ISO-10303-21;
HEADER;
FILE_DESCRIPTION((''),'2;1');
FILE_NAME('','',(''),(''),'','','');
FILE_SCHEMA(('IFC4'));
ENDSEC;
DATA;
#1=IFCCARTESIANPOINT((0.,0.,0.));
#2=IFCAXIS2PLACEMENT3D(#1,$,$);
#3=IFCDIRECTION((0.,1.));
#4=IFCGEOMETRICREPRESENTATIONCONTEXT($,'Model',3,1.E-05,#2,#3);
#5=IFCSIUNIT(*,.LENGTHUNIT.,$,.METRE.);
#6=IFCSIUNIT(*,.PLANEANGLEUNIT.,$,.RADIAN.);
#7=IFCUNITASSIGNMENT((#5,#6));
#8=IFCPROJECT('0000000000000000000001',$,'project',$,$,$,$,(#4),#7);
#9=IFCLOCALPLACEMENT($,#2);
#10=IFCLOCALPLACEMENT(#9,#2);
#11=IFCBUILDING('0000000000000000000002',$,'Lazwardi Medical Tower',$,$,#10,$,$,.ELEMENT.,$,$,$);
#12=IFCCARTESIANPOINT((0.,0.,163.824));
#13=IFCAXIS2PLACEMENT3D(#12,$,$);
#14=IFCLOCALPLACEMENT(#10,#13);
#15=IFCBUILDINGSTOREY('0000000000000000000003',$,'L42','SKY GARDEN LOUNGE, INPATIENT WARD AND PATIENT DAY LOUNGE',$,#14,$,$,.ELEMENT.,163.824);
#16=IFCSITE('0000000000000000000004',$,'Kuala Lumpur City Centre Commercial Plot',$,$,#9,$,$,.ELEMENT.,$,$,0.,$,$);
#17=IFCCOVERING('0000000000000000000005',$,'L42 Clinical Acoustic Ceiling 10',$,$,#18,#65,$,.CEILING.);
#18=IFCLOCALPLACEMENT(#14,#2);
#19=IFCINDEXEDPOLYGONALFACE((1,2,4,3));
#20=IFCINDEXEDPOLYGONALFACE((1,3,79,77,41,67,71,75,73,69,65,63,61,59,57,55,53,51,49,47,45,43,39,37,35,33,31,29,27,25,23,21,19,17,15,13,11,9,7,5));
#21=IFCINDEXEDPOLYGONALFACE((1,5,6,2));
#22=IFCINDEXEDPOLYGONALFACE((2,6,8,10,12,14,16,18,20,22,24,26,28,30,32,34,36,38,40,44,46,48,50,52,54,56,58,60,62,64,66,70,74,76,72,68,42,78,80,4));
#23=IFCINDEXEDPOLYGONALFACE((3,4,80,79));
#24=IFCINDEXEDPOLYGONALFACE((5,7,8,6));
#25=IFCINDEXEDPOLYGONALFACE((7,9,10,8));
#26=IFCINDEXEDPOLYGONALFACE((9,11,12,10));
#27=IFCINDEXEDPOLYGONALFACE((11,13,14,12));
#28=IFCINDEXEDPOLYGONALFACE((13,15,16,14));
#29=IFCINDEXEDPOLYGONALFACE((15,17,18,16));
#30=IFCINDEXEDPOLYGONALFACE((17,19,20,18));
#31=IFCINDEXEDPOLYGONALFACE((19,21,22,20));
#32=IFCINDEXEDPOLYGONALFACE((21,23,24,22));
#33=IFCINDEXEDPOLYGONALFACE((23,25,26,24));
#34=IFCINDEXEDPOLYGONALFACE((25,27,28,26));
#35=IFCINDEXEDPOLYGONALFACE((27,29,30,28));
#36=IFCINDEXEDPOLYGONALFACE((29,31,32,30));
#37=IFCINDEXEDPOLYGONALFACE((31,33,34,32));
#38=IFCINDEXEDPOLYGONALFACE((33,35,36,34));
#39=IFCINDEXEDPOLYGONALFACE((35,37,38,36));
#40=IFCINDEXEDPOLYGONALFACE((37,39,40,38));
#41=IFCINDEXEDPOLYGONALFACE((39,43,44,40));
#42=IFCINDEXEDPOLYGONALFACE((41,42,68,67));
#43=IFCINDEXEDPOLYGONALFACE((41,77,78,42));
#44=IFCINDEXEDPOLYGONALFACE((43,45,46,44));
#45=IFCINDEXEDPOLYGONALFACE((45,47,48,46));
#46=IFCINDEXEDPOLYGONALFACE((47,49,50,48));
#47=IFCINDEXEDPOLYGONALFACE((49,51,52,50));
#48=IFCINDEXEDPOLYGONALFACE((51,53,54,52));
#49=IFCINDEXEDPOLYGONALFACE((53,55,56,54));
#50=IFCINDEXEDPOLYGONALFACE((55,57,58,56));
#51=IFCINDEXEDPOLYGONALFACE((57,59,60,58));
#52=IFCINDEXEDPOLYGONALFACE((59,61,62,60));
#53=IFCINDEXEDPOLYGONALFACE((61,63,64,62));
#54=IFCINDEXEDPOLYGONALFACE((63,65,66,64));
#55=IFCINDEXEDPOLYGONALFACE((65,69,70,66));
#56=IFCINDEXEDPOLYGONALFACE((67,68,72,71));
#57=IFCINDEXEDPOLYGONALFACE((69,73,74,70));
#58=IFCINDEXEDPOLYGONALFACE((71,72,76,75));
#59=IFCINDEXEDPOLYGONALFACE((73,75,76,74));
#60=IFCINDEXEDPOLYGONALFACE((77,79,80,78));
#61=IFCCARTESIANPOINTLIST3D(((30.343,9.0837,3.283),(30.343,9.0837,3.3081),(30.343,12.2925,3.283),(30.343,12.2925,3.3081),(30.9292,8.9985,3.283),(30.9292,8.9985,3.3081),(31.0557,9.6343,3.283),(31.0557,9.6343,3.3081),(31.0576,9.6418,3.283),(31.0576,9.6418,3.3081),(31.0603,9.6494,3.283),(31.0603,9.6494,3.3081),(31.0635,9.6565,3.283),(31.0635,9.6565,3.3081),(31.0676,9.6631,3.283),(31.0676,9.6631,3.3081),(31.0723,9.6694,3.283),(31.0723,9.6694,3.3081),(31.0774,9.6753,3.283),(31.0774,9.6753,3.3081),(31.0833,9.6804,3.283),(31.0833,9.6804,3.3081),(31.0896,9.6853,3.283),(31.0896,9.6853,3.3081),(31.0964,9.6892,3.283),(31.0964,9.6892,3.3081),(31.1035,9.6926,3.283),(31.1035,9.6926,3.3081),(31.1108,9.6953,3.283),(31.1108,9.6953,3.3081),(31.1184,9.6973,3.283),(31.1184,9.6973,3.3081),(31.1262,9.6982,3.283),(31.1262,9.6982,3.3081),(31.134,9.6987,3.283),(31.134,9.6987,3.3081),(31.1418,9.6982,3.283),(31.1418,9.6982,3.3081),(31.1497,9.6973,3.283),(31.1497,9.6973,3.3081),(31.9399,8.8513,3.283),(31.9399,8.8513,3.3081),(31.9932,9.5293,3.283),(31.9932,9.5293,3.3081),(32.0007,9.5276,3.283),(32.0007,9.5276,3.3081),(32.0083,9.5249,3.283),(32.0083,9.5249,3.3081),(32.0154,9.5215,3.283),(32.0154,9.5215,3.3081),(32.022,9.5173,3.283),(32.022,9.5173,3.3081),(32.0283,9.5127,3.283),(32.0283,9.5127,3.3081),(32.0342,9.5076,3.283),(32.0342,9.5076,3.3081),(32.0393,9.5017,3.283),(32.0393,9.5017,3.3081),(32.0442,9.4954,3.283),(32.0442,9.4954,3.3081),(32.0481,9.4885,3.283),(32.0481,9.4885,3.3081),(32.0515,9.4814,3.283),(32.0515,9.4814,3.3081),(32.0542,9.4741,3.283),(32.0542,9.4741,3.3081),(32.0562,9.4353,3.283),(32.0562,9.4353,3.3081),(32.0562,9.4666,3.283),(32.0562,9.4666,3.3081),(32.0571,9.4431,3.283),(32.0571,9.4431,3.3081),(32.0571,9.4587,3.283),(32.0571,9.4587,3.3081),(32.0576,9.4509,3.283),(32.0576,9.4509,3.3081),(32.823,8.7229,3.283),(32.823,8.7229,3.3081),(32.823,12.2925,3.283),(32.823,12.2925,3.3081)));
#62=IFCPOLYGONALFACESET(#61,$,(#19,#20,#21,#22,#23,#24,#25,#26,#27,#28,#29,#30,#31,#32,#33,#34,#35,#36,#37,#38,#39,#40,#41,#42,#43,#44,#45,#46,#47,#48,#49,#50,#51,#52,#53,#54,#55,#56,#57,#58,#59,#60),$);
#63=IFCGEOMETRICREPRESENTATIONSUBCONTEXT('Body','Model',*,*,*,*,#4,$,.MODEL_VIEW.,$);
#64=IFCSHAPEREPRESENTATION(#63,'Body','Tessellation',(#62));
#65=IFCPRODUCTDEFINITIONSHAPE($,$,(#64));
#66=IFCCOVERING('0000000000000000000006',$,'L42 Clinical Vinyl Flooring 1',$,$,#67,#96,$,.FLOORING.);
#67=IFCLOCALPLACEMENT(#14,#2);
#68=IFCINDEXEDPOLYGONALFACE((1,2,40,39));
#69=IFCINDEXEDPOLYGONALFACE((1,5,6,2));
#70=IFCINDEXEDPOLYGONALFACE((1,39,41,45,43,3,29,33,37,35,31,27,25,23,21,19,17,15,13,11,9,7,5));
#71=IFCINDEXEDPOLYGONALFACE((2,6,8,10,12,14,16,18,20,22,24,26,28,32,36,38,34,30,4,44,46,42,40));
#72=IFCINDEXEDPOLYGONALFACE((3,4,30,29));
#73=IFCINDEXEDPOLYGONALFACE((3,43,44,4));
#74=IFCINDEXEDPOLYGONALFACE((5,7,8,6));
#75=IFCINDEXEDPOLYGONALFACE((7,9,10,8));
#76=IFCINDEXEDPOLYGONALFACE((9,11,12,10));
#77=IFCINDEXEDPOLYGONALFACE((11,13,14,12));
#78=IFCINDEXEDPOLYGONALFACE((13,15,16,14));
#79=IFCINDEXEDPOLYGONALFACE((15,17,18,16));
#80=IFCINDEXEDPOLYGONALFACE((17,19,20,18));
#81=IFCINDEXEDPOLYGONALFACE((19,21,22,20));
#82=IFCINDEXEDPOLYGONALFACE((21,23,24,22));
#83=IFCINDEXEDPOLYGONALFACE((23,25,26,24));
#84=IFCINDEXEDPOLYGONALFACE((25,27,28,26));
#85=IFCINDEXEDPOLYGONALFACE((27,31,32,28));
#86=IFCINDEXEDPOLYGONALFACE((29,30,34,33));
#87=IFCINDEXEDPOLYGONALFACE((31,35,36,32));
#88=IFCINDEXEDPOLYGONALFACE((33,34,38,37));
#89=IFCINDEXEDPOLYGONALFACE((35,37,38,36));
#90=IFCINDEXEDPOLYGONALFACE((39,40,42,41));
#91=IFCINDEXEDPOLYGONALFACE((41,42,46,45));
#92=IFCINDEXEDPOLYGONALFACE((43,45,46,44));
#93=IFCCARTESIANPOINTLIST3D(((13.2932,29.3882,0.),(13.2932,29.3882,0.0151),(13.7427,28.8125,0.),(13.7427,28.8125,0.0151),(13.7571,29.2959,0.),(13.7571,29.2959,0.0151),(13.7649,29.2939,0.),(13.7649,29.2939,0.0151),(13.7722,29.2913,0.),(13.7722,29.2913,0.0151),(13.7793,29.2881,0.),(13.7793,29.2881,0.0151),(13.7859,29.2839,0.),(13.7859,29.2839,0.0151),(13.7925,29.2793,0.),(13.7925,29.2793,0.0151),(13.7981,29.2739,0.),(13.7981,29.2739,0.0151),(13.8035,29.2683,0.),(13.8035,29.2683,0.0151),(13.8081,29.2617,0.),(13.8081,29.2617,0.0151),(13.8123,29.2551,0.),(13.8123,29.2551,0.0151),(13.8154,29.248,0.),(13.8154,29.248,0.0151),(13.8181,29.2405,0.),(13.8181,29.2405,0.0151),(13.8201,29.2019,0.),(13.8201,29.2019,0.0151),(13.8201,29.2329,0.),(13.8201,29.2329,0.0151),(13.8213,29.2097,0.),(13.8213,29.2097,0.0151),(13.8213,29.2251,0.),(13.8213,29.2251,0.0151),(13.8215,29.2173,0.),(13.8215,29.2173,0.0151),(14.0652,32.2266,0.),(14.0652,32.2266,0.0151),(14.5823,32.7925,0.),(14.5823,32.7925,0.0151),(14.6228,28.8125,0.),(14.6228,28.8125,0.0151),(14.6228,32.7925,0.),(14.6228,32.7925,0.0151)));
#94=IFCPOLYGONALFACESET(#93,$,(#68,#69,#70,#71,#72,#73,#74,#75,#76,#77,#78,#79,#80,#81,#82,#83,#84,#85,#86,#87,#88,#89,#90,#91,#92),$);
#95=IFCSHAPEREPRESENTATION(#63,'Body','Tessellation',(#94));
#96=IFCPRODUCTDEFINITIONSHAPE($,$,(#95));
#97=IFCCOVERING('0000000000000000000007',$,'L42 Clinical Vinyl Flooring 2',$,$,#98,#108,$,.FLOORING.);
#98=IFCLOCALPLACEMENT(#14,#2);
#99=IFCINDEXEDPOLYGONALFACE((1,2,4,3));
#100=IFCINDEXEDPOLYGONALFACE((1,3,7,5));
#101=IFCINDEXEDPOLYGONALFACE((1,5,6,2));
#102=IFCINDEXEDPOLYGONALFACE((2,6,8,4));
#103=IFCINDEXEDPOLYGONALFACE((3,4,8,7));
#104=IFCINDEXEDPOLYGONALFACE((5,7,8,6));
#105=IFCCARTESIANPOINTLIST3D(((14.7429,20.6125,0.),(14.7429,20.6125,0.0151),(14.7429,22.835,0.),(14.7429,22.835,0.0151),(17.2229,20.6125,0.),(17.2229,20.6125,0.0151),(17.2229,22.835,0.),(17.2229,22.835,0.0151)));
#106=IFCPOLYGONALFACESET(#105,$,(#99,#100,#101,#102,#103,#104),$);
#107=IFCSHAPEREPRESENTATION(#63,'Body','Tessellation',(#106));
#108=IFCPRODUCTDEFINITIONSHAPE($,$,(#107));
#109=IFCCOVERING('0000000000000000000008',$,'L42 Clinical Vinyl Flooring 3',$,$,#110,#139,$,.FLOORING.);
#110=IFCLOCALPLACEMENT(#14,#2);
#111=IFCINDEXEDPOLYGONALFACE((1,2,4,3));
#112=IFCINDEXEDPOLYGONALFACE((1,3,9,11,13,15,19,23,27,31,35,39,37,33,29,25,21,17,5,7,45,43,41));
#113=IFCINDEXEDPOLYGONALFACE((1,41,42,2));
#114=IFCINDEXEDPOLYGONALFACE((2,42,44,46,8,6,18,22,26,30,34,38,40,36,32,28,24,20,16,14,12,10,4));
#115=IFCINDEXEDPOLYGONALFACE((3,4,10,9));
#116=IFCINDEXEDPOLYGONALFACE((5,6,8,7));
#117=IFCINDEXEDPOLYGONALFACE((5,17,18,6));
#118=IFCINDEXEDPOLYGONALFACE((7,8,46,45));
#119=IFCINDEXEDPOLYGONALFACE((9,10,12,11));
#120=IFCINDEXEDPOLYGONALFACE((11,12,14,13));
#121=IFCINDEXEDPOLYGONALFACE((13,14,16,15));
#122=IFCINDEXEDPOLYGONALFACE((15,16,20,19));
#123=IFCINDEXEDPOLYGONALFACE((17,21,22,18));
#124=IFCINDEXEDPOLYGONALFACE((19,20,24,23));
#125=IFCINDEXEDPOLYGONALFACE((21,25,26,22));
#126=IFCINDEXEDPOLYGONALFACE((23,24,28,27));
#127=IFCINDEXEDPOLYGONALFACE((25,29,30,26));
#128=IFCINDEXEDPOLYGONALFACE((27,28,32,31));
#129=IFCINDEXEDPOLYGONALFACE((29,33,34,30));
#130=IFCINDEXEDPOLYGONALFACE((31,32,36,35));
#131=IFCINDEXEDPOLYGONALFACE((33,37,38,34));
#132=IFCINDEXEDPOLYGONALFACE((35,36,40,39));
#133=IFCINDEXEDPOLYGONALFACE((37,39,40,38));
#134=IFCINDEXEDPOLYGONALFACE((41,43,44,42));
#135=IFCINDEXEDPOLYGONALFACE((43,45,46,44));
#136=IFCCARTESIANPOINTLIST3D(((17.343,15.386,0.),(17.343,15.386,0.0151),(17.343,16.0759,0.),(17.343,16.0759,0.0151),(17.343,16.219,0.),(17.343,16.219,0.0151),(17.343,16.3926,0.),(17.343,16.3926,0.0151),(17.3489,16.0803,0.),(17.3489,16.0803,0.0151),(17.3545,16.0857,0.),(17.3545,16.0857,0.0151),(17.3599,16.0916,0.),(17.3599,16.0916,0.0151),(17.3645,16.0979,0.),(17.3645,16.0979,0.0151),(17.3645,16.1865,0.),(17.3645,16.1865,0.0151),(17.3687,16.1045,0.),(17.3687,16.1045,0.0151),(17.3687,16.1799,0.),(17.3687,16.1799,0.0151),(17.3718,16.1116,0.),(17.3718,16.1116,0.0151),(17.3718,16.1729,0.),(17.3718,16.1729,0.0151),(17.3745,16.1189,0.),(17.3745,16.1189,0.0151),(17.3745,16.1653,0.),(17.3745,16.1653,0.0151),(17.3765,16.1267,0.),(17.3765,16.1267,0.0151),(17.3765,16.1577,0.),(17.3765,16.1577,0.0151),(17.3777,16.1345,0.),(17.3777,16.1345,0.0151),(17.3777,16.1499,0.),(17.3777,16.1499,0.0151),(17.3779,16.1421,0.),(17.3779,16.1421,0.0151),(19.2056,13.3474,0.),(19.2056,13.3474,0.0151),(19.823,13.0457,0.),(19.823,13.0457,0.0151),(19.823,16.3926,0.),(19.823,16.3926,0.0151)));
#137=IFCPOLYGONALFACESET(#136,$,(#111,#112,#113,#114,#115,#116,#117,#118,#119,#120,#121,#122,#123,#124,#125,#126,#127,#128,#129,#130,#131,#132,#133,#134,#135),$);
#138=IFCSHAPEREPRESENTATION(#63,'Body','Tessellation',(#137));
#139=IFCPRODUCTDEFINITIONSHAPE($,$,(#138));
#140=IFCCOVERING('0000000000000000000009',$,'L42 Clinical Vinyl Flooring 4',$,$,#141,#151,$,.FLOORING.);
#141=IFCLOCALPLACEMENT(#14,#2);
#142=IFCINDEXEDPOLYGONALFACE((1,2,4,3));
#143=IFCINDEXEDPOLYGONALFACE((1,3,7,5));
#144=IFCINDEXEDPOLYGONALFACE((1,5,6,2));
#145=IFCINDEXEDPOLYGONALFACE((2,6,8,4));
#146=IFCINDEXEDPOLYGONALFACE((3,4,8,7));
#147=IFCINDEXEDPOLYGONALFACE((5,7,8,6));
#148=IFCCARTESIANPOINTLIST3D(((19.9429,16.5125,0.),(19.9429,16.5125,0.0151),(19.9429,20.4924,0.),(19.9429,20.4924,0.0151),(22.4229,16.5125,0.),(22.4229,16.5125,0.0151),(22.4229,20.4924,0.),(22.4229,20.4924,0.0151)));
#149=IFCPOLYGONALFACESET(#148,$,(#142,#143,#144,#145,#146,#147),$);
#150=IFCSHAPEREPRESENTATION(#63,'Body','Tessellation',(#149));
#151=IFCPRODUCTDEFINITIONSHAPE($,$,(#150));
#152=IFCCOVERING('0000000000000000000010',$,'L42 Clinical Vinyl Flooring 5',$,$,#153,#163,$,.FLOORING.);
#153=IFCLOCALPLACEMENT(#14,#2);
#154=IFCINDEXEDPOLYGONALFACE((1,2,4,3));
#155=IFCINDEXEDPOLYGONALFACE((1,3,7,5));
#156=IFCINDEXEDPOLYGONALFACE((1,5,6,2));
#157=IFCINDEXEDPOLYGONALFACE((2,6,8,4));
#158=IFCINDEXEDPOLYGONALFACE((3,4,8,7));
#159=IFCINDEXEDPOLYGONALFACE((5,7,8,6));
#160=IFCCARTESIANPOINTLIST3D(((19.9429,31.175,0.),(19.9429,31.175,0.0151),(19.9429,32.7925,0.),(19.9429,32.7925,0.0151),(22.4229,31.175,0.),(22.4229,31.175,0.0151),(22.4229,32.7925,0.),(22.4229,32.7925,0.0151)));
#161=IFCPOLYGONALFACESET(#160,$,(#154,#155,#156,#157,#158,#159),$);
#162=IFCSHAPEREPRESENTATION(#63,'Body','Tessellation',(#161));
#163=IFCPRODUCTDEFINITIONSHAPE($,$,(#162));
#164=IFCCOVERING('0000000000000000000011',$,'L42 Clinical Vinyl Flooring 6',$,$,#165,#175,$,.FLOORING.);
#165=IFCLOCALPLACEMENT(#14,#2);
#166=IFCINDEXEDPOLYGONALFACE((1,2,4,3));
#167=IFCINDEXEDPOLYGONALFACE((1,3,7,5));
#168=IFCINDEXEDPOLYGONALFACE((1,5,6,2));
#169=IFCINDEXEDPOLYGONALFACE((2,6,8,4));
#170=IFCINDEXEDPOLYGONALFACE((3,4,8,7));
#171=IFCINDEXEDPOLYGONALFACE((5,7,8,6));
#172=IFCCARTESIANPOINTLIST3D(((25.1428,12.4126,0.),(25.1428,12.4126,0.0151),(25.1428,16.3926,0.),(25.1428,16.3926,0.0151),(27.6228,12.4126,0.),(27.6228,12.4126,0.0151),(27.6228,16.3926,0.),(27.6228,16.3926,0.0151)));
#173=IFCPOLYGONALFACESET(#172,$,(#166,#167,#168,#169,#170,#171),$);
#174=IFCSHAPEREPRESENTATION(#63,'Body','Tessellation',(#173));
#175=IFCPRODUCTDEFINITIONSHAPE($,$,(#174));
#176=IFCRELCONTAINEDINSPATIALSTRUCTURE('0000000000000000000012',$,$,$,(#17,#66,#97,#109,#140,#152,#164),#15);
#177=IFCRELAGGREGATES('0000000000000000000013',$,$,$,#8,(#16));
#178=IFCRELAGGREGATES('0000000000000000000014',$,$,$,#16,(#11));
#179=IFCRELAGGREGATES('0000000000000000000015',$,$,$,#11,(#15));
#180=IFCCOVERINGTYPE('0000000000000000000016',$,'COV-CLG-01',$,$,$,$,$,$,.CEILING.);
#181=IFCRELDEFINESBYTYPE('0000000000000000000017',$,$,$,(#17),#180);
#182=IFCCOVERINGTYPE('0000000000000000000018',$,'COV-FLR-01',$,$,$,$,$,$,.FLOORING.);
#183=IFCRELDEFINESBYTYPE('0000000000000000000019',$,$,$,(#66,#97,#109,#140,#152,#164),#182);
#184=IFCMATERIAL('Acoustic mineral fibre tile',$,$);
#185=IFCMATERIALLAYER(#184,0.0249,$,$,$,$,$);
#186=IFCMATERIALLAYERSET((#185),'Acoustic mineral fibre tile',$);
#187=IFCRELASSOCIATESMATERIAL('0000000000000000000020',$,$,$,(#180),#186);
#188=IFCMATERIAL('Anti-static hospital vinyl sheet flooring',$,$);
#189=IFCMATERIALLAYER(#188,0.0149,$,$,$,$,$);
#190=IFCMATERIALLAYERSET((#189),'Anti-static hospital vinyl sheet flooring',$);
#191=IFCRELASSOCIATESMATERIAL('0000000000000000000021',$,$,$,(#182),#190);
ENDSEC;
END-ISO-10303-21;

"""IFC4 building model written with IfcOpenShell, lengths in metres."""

from ifc_helpers import new_model, si_unit, direction, frame, origin, place, context, subcontext, project, spatial, polyline, outline, extrude, material, layer, layer_set, type_object, element, save


model = new_model("IFC4")

# Units and contexts
model_context = context("Model", 3, precision=1e-05, world=origin(), true_north=direction((0.0, 1.0)))
body_context = subcontext(model_context, "Body", "Model", "MODEL_VIEW")
ifc_project = project(units=[si_unit("LENGTHUNIT", "METRE"), si_unit("PLANEANGLEUNIT", "RADIAN")], contexts=[model_context])

# Site, building, storey
site_placement = place(None, origin())
site = spatial("IfcSite", under=ifc_project, at=site_placement, Name="Kuala Lumpur City Centre Commercial Plot", CompositionType="ELEMENT", RefElevation=0.0)
building_placement = place(site_placement, origin())
building = spatial("IfcBuilding", under=site, at=building_placement, Name="Lazwardi Medical Tower", CompositionType="ELEMENT")
storey_placement = place(building_placement, frame((0.0, 0.0, 163.824)))
storey = spatial("IfcBuildingStorey", under=building, at=storey_placement, Name="L42", Description="SKY GARDEN LOUNGE, INPATIENT WARD AND PATIENT DAY LOUNGE", CompositionType="ELEMENT", Elevation=163.824)

# Coverings
ifc_material_1 = material(Name="Acoustic mineral fibre tile")
ifc_layer_1 = layer(ifc_material_1, 0.0249)
ifc_layer_set_1 = layer_set([ifc_layer_1], Name="Acoustic mineral fibre tile")
covering_type_1 = type_object("IfcCoveringType", Name="COV-CLG-01", PredefinedType="CEILING", material=ifc_layer_set_1)
covering_1_placement = place(storey_placement, frame((0.0, 0.0, 3.283)))
element("IfcCovering", 1, at=covering_1_placement, inside=storey, type_object=covering_type_1, Name="L42 Clinical Acoustic Ceiling 10", PredefinedType="CEILING", context=body_context, shape_type="SweptSolid", body=[
    extrude(outline(polyline([(30.343, 9.0837), (30.9292, 8.9985), (31.0557, 9.6343), (31.0576, 9.6418), (31.0603, 9.6494), (31.0635, 9.6565), (31.0676, 9.6631), (31.0723, 9.6694), (31.0774, 9.6753), (31.0833, 9.6804), (31.0896, 9.6853), (31.0964, 9.6892), (31.1035, 9.6926), (31.1108, 9.6953), (31.1184, 9.6973), (31.1262, 9.6982), (31.134, 9.6987), (31.1418, 9.6982), (31.1497, 9.6973), (31.9932, 9.5293), (32.0007, 9.5276), (32.0083, 9.5249), (32.0154, 9.5215), (32.022, 9.5173), (32.0283, 9.5127), (32.0342, 9.5076), (32.0393, 9.5017), (32.0442, 9.4954), (32.0481, 9.4885), (32.0515, 9.4814), (32.0542, 9.4741), (32.0562, 9.4666), (32.0571, 9.4587), (32.0576, 9.4509), (32.0571, 9.4431), (32.0562, 9.4353), (31.9399, 8.8513), (32.823, 8.7229), (32.823, 12.2925), (30.343, 12.2925), (30.343, 9.0837)])), origin(), (0.0, 0.0, 1.0), 0.0251),
])
ifc_material_2 = material(Name="Anti-static hospital vinyl sheet flooring")
ifc_layer_2 = layer(ifc_material_2, 0.0149)
ifc_layer_set_2 = layer_set([ifc_layer_2], Name="Anti-static hospital vinyl sheet flooring")
covering_type_2 = type_object("IfcCoveringType", Name="COV-FLR-01", PredefinedType="FLOORING", material=ifc_layer_set_2)
covering_2_placement = place(storey_placement, origin())
element("IfcCovering", 2, at=covering_2_placement, inside=storey, type_object=covering_type_2, Name="L42 Clinical Vinyl Flooring 1", PredefinedType="FLOORING", context=body_context, shape_type="SweptSolid", body=[
    extrude(outline(polyline([(14.5823, 32.7925), (14.0652, 32.2266), (13.2932, 29.3882), (13.7571, 29.2959), (13.7649, 29.2939), (13.7722, 29.2913), (13.7793, 29.2881), (13.7859, 29.2839), (13.7925, 29.2793), (13.7981, 29.2739), (13.8035, 29.2683), (13.8081, 29.2617), (13.8123, 29.2551), (13.8154, 29.248), (13.8181, 29.2405), (13.8201, 29.2329), (13.8213, 29.2251), (13.8215, 29.2173), (13.8213, 29.2097), (13.8201, 29.2019), (13.7427, 28.8125), (14.6228, 28.8125), (14.6228, 32.7925), (14.5823, 32.7925)])), origin(), (0.0, 0.0, 1.0), 0.0151),
])
covering_3_placement = place(storey_placement, origin())
element("IfcCovering", 3, at=covering_3_placement, inside=storey, type_object=covering_type_2, Name="L42 Clinical Vinyl Flooring 2", PredefinedType="FLOORING", context=body_context, shape_type="SweptSolid", body=[
    extrude(outline(polyline([(17.2229, 22.835), (14.7429, 22.835), (14.7429, 20.6125), (17.2229, 20.6125), (17.2229, 22.835)])), origin(), (0.0, 0.0, 1.0), 0.0151),
])
covering_4_placement = place(storey_placement, origin())
element("IfcCovering", 4, at=covering_4_placement, inside=storey, type_object=covering_type_2, Name="L42 Clinical Vinyl Flooring 3", PredefinedType="FLOORING", context=body_context, shape_type="SweptSolid", body=[
    extrude(outline(polyline([(17.343, 16.219), (17.3645, 16.1865), (17.3687, 16.1799), (17.3718, 16.1729), (17.3745, 16.1653), (17.3765, 16.1577), (17.3777, 16.1499), (17.3779, 16.1421), (17.3777, 16.1345), (17.3765, 16.1267), (17.3745, 16.1189), (17.3718, 16.1116), (17.3687, 16.1045), (17.3645, 16.0979), (17.3599, 16.0916), (17.3545, 16.0857), (17.3489, 16.0803), (17.343, 16.0759), (17.343, 15.386), (19.2056, 13.3474), (19.823, 13.0457), (19.823, 16.3926), (17.343, 16.3926), (17.343, 16.219)])), origin(), (0.0, 0.0, 1.0), 0.0151),
])
covering_5_placement = place(storey_placement, origin())
element("IfcCovering", 5, at=covering_5_placement, inside=storey, type_object=covering_type_2, Name="L42 Clinical Vinyl Flooring 4", PredefinedType="FLOORING", context=body_context, shape_type="SweptSolid", body=[
    extrude(outline(polyline([(22.4229, 16.5125), (22.4229, 20.4924), (19.9429, 20.4924), (19.9429, 16.5125), (22.4229, 16.5125)])), origin(), (0.0, 0.0, 1.0), 0.0151),
])
covering_6_placement = place(storey_placement, origin())
element("IfcCovering", 6, at=covering_6_placement, inside=storey, type_object=covering_type_2, Name="L42 Clinical Vinyl Flooring 5", PredefinedType="FLOORING", context=body_context, shape_type="SweptSolid", body=[
    extrude(outline(polyline([(19.9429, 31.175), (22.4229, 31.175), (22.4229, 32.7925), (19.9429, 32.7925), (19.9429, 31.175)])), origin(), (0.0, 0.0, 1.0), 0.0151),
])
covering_7_placement = place(storey_placement, origin())
element("IfcCovering", 7, at=covering_7_placement, inside=storey, type_object=covering_type_2, Name="L42 Clinical Vinyl Flooring 6", PredefinedType="FLOORING", context=body_context, shape_type="SweptSolid", body=[
    extrude(outline(polyline([(27.6228, 12.4126), (27.6228, 16.3926), (25.1428, 16.3926), (25.1428, 12.4126), (27.6228, 12.4126)])), origin(), (0.0, 0.0, 1.0), 0.0151),
])

save(model, "model.ifc")
